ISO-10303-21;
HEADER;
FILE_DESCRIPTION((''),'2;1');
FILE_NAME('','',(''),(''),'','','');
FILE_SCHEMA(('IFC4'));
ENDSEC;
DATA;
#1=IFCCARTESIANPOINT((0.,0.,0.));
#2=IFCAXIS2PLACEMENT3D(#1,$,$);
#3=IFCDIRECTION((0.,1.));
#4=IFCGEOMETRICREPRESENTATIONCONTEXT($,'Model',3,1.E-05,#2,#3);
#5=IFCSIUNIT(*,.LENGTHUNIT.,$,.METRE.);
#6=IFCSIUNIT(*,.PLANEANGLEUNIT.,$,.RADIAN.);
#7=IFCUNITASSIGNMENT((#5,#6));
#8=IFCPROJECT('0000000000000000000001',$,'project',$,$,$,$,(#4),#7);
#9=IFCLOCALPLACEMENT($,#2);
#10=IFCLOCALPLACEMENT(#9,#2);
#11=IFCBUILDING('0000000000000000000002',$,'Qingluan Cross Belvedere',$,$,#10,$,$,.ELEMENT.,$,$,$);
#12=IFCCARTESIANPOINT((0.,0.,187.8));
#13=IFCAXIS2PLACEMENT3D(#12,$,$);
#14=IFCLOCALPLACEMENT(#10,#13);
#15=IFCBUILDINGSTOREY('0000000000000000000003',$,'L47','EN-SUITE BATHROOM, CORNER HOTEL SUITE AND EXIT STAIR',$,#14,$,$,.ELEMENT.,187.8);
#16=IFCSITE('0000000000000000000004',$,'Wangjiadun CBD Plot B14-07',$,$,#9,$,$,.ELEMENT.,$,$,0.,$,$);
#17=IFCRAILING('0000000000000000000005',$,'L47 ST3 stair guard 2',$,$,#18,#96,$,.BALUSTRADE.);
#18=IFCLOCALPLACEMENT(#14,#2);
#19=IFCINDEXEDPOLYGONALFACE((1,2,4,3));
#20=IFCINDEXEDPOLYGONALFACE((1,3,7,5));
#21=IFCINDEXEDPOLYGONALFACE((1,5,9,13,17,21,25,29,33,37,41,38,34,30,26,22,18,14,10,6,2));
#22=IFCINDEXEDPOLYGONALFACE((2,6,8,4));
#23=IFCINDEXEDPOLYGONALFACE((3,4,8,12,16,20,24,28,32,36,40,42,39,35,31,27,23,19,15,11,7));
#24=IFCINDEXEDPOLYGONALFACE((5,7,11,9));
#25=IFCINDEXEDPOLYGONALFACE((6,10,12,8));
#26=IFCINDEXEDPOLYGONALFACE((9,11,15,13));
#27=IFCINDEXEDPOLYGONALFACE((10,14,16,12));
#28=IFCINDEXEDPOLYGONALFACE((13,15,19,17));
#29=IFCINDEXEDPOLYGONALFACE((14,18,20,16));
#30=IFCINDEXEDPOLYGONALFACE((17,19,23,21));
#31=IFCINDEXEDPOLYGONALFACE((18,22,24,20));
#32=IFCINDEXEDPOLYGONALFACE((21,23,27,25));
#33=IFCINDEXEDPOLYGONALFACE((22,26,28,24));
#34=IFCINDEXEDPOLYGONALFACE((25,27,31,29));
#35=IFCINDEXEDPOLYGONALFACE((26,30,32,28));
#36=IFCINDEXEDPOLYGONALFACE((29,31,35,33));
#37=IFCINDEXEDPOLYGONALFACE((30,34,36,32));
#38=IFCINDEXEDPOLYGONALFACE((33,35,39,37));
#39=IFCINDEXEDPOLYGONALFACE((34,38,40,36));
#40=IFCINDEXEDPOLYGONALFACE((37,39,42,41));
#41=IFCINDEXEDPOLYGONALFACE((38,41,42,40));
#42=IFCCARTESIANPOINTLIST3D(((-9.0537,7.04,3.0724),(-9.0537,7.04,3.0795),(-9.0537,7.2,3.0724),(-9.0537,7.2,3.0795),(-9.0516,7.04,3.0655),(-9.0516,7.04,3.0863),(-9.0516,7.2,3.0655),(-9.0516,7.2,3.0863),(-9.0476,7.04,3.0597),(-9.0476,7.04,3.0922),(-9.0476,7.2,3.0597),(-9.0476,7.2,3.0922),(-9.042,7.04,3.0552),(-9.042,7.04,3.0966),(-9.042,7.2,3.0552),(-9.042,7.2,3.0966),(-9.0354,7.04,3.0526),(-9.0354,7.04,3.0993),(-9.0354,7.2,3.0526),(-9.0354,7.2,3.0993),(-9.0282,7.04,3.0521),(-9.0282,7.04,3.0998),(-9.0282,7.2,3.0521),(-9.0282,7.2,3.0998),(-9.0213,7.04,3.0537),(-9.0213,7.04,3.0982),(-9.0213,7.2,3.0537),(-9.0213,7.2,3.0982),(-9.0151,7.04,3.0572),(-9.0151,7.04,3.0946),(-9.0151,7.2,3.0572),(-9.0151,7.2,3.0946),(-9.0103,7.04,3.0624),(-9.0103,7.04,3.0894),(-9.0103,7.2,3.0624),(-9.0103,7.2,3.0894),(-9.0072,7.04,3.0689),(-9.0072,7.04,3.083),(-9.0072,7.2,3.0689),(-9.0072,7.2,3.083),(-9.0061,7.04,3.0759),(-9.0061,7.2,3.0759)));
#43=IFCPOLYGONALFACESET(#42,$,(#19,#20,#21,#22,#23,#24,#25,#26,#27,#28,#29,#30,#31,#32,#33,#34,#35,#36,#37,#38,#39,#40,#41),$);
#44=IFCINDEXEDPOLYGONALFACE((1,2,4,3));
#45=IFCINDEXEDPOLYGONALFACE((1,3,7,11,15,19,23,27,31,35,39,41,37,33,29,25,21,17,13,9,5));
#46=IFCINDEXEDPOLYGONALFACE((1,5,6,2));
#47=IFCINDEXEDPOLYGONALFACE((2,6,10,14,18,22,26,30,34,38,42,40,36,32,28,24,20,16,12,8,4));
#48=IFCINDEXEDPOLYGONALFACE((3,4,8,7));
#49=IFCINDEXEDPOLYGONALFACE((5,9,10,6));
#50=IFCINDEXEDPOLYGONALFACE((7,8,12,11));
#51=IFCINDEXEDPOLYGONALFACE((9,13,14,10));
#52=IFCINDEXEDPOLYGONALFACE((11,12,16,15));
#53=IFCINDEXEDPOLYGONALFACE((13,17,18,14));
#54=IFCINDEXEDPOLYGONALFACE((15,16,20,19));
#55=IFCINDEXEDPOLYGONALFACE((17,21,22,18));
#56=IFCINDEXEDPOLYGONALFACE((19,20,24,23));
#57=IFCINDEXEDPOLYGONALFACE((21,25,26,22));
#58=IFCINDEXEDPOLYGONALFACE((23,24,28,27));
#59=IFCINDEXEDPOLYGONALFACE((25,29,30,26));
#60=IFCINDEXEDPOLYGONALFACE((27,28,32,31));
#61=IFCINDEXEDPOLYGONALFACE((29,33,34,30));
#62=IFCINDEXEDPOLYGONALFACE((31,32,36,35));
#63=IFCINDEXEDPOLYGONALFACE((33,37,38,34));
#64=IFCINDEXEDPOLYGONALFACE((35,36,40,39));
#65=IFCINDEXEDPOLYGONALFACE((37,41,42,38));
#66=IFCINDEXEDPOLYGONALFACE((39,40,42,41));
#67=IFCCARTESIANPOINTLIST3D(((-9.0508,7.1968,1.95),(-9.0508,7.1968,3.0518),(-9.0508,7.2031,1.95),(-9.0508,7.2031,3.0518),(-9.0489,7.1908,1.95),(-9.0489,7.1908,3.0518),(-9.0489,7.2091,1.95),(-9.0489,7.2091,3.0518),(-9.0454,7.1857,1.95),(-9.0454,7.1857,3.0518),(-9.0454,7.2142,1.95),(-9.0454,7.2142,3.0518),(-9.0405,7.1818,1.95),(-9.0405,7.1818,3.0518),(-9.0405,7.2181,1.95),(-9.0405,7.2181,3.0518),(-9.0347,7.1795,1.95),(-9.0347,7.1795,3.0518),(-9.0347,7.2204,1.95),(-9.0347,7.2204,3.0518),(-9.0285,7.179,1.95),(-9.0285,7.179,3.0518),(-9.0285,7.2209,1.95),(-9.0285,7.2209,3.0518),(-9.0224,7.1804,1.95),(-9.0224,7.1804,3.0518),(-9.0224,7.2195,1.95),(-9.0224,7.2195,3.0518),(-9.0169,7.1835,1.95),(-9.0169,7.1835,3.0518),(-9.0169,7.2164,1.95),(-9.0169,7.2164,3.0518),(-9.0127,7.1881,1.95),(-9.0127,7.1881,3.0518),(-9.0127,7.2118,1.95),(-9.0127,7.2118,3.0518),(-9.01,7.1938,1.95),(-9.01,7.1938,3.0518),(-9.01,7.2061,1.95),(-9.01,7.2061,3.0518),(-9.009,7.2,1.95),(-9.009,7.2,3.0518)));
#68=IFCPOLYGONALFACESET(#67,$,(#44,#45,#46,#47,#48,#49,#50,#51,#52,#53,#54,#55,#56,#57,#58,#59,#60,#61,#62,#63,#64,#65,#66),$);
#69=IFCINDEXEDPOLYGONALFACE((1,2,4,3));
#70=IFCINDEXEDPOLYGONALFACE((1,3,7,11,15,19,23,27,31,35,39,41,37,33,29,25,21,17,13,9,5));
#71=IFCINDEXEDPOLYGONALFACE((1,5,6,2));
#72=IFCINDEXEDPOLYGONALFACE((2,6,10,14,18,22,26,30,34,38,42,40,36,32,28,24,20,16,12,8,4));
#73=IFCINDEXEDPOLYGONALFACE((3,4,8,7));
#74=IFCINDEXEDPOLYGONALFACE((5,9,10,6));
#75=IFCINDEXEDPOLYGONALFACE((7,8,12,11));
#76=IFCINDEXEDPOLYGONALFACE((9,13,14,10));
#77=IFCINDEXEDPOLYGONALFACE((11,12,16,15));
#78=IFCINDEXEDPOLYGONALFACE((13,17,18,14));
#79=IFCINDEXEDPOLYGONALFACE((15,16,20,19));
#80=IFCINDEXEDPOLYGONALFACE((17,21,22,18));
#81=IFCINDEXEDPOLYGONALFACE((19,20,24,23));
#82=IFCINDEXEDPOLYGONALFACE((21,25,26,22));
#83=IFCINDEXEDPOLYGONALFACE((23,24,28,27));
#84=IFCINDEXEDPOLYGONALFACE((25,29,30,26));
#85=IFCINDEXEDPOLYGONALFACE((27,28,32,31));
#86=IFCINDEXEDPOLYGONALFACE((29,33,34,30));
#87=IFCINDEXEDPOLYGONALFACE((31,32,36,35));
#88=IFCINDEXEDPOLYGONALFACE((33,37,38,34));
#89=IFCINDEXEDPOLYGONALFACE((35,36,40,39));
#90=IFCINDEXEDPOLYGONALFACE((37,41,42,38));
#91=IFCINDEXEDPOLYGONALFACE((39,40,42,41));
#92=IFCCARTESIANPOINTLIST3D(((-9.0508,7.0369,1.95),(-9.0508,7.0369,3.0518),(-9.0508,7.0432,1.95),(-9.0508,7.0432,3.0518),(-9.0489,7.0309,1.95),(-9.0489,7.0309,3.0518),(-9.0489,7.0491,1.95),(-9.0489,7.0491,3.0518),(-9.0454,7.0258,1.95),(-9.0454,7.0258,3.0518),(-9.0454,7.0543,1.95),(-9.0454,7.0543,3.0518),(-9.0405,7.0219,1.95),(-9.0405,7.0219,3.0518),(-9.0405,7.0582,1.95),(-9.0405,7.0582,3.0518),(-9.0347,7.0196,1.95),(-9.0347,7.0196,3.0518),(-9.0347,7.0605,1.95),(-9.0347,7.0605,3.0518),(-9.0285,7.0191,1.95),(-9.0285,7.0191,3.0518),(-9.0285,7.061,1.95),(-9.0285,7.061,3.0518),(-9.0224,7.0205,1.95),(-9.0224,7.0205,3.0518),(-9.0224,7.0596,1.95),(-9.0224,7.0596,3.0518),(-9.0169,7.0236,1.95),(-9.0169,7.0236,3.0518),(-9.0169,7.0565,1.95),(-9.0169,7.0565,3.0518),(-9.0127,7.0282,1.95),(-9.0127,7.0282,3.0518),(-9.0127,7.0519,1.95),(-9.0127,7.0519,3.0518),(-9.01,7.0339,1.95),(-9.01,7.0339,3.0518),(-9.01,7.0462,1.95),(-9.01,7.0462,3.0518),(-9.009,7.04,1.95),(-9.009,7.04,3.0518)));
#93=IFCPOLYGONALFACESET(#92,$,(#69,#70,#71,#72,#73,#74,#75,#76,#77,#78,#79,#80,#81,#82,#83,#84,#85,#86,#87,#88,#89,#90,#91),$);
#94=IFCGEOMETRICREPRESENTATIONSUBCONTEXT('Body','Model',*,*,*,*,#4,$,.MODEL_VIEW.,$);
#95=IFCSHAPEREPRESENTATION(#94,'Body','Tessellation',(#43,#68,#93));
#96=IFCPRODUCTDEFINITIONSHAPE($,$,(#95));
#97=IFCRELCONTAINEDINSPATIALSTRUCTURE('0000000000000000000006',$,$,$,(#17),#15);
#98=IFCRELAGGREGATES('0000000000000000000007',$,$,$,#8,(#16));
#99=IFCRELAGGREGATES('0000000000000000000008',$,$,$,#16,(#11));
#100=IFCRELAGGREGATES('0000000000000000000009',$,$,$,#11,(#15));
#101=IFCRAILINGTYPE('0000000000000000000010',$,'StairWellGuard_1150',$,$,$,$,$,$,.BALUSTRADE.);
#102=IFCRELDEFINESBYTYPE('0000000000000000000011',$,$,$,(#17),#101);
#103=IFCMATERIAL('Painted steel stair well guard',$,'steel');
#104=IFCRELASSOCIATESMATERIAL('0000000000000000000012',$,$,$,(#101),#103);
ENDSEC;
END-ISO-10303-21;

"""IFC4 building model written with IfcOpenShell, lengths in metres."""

from ifc_helpers import new_model, si_unit, direction, frame, origin, origin_2d, place, context, subcontext, project, spatial, circle, extrude, material, type_object, element, save


model = new_model("IFC4")

# Units and contexts
model_context = context("Model", 3, precision=1e-05, world=origin(), true_north=direction((0.0, 1.0)))
body_context = subcontext(model_context, "Body", "Model", "MODEL_VIEW")
ifc_project = project(units=[si_unit("LENGTHUNIT", "METRE"), si_unit("PLANEANGLEUNIT", "RADIAN")], contexts=[model_context])

# Site, building, storey
site_placement = place(None, origin())
site = spatial("IfcSite", under=ifc_project, at=site_placement, Name="Wangjiadun CBD Plot B14-07", CompositionType="ELEMENT", RefElevation=0.0)
building_placement = place(site_placement, origin())
building = spatial("IfcBuilding", under=site, at=building_placement, Name="Qingluan Cross Belvedere", CompositionType="ELEMENT")
storey_placement = place(building_placement, frame((0.0, 0.0, 187.8)))
storey = spatial("IfcBuildingStorey", under=building, at=storey_placement, Name="L47", Description="EN-SUITE BATHROOM, CORNER HOTEL SUITE AND EXIT STAIR", CompositionType="ELEMENT", Elevation=187.8)

# Railing
ifc_material_1 = material(Name="Painted steel stair well guard", Category="steel")
railing_type_1 = type_object("IfcRailingType", Name="StairWellGuard_1150", PredefinedType="BALUSTRADE", material=ifc_material_1)
railing_1_placement = place(storey_placement, frame((-9.03, 7.2, 1.95)))
element("IfcRailing", 1, at=railing_1_placement, inside=storey, type_object=railing_type_1, Name="L47 ST3 stair guard 2", PredefinedType="BALUSTRADE", context=body_context, shape_type="SweptSolid", body=[
    extrude(circle(Radius=0.0239, at=origin_2d()), frame((0.0, 0.0, 1.126), z_axis=(0.0, -1.0, 0.0), x_axis=(1.0, 0.0, 0.0)), (0.0, 0.0, 1.0), 0.1599),
    extrude(circle(Radius=0.021, at=origin_2d()), origin(), (0.0, 0.0, 1.0), 1.1018),
    extrude(circle(Radius=0.021, at=origin_2d()), frame((0.0, -0.1599, 0.0)), (0.0, 0.0, 1.0), 1.1018),
])

save(model, "model.ifc")
